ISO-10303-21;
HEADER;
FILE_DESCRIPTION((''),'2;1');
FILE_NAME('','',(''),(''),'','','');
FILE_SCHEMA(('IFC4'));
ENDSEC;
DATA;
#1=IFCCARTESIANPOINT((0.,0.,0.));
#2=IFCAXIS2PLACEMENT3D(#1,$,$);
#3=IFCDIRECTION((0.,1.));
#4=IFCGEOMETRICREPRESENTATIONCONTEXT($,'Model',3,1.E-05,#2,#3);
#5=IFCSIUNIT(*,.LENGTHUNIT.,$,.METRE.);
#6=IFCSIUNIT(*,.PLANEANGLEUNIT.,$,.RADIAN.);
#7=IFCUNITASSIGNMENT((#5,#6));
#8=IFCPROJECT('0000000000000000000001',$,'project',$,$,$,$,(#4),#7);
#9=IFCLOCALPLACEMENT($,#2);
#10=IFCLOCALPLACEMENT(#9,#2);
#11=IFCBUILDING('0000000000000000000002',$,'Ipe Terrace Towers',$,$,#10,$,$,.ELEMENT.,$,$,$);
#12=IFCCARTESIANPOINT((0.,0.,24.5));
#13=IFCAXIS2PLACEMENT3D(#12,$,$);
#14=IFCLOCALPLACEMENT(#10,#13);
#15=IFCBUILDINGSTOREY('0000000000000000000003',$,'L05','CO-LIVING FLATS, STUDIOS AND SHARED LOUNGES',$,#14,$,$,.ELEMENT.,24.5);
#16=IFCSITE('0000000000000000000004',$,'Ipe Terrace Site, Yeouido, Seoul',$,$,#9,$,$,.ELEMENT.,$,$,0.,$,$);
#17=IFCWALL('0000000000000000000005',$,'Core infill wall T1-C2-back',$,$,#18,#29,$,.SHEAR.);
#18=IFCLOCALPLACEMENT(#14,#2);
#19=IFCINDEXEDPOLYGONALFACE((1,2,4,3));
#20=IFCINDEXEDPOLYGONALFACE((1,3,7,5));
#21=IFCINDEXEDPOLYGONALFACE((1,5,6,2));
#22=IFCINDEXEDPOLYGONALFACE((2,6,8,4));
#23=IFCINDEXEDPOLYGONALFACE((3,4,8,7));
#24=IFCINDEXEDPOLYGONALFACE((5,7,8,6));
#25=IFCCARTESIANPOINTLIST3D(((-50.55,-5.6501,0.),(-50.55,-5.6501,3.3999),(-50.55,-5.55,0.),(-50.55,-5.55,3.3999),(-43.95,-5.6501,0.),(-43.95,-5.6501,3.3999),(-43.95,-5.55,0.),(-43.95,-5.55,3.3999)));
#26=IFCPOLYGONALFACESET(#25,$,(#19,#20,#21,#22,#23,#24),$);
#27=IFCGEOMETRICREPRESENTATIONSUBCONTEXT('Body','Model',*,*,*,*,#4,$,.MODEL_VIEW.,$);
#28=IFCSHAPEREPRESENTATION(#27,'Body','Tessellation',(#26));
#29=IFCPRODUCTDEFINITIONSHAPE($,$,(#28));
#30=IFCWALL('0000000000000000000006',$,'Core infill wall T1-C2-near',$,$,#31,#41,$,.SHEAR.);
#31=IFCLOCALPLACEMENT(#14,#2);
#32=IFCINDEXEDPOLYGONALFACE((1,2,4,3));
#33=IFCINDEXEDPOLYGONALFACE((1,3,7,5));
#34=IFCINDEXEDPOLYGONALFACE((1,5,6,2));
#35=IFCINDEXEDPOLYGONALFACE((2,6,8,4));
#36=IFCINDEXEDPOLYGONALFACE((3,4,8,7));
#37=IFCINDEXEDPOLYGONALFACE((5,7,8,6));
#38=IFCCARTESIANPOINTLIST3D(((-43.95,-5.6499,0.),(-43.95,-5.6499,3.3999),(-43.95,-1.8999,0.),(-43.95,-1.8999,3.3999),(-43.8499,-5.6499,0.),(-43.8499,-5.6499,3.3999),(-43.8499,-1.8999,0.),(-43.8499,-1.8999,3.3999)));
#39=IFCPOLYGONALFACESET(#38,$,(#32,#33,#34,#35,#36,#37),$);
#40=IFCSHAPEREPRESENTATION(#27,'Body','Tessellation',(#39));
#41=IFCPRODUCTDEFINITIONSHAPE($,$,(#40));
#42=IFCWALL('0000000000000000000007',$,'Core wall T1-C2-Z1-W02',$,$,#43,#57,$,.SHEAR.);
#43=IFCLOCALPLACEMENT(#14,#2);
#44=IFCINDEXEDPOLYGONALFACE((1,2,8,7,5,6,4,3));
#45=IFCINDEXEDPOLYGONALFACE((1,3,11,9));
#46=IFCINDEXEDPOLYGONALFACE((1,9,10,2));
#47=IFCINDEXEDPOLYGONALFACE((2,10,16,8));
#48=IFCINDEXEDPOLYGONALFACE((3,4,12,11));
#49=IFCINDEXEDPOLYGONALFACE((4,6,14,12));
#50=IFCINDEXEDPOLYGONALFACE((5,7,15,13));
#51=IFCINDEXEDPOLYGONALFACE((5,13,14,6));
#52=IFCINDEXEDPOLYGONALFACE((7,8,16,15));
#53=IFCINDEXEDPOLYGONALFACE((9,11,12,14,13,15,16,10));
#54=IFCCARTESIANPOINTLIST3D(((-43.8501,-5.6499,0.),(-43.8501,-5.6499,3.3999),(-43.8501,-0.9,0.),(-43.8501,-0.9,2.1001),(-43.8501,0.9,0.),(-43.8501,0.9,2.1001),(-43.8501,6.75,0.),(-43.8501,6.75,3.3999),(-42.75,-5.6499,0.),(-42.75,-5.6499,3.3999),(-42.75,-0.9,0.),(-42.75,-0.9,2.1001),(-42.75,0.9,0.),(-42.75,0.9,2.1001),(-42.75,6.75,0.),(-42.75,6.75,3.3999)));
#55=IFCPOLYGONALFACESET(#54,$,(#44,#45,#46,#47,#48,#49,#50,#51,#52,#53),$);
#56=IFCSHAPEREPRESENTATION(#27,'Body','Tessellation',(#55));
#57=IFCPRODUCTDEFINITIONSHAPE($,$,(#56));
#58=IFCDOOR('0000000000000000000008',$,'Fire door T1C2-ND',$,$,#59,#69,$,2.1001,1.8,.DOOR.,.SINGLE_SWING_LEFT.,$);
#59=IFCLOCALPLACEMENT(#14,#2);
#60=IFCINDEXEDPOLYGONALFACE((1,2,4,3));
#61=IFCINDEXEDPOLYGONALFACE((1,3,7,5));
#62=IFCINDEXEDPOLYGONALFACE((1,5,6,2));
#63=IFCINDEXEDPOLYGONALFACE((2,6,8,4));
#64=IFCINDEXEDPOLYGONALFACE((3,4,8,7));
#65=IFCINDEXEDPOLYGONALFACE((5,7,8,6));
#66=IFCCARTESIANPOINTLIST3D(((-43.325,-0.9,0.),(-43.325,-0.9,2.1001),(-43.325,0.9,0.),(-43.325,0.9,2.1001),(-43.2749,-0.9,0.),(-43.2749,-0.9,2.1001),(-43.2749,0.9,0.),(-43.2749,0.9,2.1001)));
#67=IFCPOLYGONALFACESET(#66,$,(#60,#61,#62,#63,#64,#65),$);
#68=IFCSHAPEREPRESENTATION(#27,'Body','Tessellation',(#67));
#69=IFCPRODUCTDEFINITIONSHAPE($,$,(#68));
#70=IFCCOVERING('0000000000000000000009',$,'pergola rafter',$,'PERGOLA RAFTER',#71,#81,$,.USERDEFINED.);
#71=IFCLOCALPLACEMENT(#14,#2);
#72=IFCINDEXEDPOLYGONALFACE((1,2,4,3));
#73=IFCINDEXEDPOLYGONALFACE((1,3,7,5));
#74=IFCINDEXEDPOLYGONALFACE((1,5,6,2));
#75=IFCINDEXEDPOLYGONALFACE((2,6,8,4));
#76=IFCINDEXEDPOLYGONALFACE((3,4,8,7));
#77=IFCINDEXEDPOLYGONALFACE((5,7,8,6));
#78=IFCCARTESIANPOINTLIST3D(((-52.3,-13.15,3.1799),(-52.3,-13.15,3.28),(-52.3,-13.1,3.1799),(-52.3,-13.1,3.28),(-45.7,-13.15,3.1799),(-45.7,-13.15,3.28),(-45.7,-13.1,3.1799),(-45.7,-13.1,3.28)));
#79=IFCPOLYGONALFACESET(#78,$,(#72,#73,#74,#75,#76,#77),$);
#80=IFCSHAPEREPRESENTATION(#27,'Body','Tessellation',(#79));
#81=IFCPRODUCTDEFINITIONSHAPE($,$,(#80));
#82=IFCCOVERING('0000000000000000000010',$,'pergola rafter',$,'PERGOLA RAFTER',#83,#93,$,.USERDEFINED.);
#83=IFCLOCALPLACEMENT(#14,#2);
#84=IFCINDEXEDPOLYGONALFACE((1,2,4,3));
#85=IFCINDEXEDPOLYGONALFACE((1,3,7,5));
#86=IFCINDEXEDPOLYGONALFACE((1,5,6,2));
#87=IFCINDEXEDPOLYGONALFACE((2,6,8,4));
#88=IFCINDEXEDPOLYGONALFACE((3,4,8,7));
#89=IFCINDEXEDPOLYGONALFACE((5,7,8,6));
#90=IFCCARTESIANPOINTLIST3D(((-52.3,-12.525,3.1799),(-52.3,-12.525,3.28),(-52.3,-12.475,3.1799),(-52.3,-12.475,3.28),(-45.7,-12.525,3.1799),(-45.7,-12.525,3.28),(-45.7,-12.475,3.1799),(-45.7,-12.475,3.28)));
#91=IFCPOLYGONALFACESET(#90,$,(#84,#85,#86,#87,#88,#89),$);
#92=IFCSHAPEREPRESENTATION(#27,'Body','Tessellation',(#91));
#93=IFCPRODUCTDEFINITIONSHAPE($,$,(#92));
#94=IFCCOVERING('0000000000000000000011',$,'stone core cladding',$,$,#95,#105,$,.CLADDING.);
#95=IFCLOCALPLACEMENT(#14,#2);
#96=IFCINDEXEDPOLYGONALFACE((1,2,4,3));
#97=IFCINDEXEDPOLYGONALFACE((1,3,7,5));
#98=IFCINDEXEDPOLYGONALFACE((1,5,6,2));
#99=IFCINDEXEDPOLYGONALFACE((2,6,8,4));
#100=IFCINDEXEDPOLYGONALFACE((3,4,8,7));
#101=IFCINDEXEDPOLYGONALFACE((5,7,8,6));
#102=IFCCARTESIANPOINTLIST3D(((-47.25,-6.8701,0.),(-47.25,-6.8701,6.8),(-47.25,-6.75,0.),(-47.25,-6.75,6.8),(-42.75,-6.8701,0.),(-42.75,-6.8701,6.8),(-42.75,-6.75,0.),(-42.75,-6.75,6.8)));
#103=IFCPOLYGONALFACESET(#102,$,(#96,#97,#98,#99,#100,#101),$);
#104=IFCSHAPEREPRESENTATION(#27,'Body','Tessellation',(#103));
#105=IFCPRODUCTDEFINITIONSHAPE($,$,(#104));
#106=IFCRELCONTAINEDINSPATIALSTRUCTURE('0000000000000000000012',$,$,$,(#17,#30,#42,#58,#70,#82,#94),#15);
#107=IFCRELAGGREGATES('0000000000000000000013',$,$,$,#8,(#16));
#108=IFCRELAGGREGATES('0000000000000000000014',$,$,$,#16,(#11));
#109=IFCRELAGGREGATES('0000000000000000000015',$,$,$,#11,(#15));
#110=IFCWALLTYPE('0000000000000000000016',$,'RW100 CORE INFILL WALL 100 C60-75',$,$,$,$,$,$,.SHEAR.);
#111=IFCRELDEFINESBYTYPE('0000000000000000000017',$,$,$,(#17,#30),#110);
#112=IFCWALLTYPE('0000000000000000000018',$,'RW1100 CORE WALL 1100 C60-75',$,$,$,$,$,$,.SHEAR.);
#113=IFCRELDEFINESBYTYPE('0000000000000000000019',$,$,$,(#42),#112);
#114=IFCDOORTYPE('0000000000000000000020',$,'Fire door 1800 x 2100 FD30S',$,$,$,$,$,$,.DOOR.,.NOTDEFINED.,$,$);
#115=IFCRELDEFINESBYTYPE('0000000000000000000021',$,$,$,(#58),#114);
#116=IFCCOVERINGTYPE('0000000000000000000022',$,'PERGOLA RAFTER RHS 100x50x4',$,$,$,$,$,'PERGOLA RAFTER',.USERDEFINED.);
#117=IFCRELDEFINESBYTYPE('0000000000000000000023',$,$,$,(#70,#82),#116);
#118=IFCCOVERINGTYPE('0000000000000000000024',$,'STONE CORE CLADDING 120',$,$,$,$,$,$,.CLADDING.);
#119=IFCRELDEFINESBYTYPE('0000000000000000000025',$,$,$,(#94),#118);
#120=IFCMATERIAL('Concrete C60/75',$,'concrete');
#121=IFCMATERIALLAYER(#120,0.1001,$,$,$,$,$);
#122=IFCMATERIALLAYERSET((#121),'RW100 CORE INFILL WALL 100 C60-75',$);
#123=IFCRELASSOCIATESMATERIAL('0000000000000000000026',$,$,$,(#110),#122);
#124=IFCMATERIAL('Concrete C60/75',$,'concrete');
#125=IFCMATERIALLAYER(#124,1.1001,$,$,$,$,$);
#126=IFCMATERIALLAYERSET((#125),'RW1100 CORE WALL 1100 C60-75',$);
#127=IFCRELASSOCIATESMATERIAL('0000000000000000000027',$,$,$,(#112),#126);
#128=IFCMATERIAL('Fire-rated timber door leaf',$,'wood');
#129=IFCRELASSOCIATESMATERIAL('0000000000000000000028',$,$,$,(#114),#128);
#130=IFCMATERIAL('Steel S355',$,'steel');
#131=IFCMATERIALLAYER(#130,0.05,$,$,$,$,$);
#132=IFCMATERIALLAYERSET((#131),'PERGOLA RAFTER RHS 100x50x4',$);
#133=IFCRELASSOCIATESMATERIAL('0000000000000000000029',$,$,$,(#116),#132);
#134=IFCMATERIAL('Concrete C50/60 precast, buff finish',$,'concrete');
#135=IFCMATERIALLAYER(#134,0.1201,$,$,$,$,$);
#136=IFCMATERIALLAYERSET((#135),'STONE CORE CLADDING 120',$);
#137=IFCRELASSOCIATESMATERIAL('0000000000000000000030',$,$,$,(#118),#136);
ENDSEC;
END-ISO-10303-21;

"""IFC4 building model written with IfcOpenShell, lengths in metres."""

from ifc_helpers import new_model, si_unit, direction, frame, frame_2d, origin, origin_2d, place, context, subcontext, project, spatial, rectangle, extrude, material, layer, layer_set, type_object, element, fill, save


model = new_model("IFC4")

# Units and contexts
model_context = context("Model", 3, precision=1e-05, world=origin(), true_north=direction((0.0, 1.0)))
body_context = subcontext(model_context, "Body", "Model", "MODEL_VIEW")
ifc_project = project(units=[si_unit("LENGTHUNIT", "METRE"), si_unit("PLANEANGLEUNIT", "RADIAN")], contexts=[model_context])

# Site, building, storey
site_placement = place(None, origin())
site = spatial("IfcSite", under=ifc_project, at=site_placement, Name="Ipe Terrace Site, Yeouido, Seoul", CompositionType="ELEMENT", RefElevation=0.0)
building_placement = place(site_placement, origin())
building = spatial("IfcBuilding", under=site, at=building_placement, Name="Ipe Terrace Towers", CompositionType="ELEMENT")
storey_placement = place(building_placement, frame((0.0, 0.0, 24.5)))
storey = spatial("IfcBuildingStorey", under=building, at=storey_placement, Name="L05", Description="CO-LIVING FLATS, STUDIOS AND SHARED LOUNGES", CompositionType="ELEMENT", Elevation=24.5)

# Walls
ifc_material_1 = material(Name="Concrete C60/75", Category="concrete")
ifc_layer_1 = layer(ifc_material_1, 0.1001)
ifc_layer_set_1 = layer_set([ifc_layer_1], Name="RW100 CORE INFILL WALL 100 C60-75")
wall_type_1 = type_object("IfcWallType", Name="RW100 CORE INFILL WALL 100 C60-75", PredefinedType="SHEAR", material=ifc_layer_set_1)
wall_1_placement = place(storey_placement, frame((-43.95, -5.6001, 0.0), z_axis=(0.0, 0.0, 1.0), x_axis=(-1.0, 0.0, 0.0)))
element("IfcWall", 1, at=wall_1_placement, inside=storey, type_object=wall_type_1, Name="Core infill wall T1-C2-back", PredefinedType="SHEAR", context=body_context, shape_type="SweptSolid", body=[
    extrude(rectangle(XDim=6.6001, YDim=0.1001, at=frame_2d((3.3, 0.0))), origin(), (0.0, 0.0, 1.0), 3.3999),
])
wall_2_placement = place(storey_placement, frame((-43.8999, -1.8999, 0.0), z_axis=(0.0, 0.0, 1.0), x_axis=(0.0, -1.0, 0.0)))
element("IfcWall", 2, at=wall_2_placement, inside=storey, type_object=wall_type_1, Name="Core infill wall T1-C2-near", PredefinedType="SHEAR", context=body_context, shape_type="SweptSolid", body=[
    extrude(rectangle(XDim=3.75, YDim=0.1001, at=frame_2d((1.875, 0.0))), origin(), (0.0, 0.0, 1.0), 3.3999),
])

# Wall, opening, door
ifc_material_2 = material(Name="Concrete C60/75", Category="concrete")
ifc_layer_2 = layer(ifc_material_2, 1.1001)
ifc_layer_set_2 = layer_set([ifc_layer_2], Name="RW1100 CORE WALL 1100 C60-75")
wall_type_2 = type_object("IfcWallType", Name="RW1100 CORE WALL 1100 C60-75", PredefinedType="SHEAR", material=ifc_layer_set_2)
wall_3_placement = place(storey_placement, frame((-43.3, -5.6499, 0.0), z_axis=(0.0, 0.0, 1.0), x_axis=(0.0, 1.0, 0.0)))
wall_3 = element("IfcWall", 3, at=wall_3_placement, inside=storey, type_object=wall_type_2, Name="Core wall T1-C2-Z1-W02", PredefinedType="SHEAR", context=body_context, shape_type="SweptSolid", body=[
    extrude(rectangle(XDim=12.3999, YDim=1.1001, at=frame_2d((6.2, 0.0))), origin(), (0.0, 0.0, 1.0), 3.3999),
])
opening_1_placement = place(wall_3_placement, frame((4.75, 0.0, 0.0)))
opening_1 = element("IfcOpeningElement", 4, at=opening_1_placement, cuts=wall_3, PredefinedType="OPENING", context=body_context, shape_type="SweptSolid", body=[
    extrude(rectangle(XDim=1.8, YDim=2.1001, at=frame_2d((0.8999, 1.05))), frame((0.0, 0.5601, 0.0), z_axis=(0.0, -1.0, 0.0), x_axis=(1.0, 0.0, 0.0)), (0.0, 0.0, 1.0), 1.1201),
])
ifc_material_3 = material(Name="Fire-rated timber door leaf", Category="wood")
door_type_1 = type_object("IfcDoorType", Name="Fire door 1800 x 2100 FD30S", OperationType="NOTDEFINED", PredefinedType="DOOR", material=ifc_material_3)
door_1_placement = place(opening_1_placement, origin())
door_1 = element("IfcDoor", 5, at=door_1_placement, inside=storey, type_object=door_type_1, Name="Fire door T1C2-ND", OperationType="SINGLE_SWING_LEFT", OverallHeight=2.1001, OverallWidth=1.8, PredefinedType="DOOR", context=body_context, shape_type="SweptSolid", body=[
    extrude(rectangle(XDim=1.8, YDim=2.1001, at=frame_2d((0.8999, 1.05))), frame((0.0, 0.0249, 0.0), z_axis=(0.0, -1.0, 0.0), x_axis=(1.0, 0.0, 0.0)), (0.0, 0.0, 1.0), 0.05),
])
fill(opening_1, door_1)

# Coverings
ifc_material_4 = material(Name="Steel S355", Category="steel")
ifc_layer_3 = layer(ifc_material_4, 0.05)
ifc_layer_set_3 = layer_set([ifc_layer_3], Name="PERGOLA RAFTER RHS 100x50x4")
covering_type_1 = type_object("IfcCoveringType", Name="PERGOLA RAFTER RHS 100x50x4", ElementType="PERGOLA RAFTER", PredefinedType="USERDEFINED", material=ifc_layer_set_3)
for number, where, z_axis, x_axis, name in (
    (6, (-49.0, -13.125, 3.1799), (0.0, 0.0, 1.0), (1.0, 0.0, 0.0), "pergola rafter"),
    (7, (-49.0, -12.5, 3.1799), (0.0, 0.0, 1.0), (1.0, 0.0, 0.0), "pergola rafter"),
):
    element("IfcCovering", number, at=place(storey_placement, frame(where, z_axis=z_axis, x_axis=x_axis)), inside=storey, type_object=covering_type_1, Name=name, ObjectType="PERGOLA RAFTER", PredefinedType="USERDEFINED", context=body_context, shape_type="SweptSolid", body=[
        extrude(rectangle(XDim=6.6001, YDim=0.05, at=origin_2d()), origin(), (0.0, 0.0, 1.0), 0.1001),
    ])
ifc_material_5 = material(Name="Concrete C50/60 precast, buff finish", Category="concrete")
ifc_layer_4 = layer(ifc_material_5, 0.1201)
ifc_layer_set_4 = layer_set([ifc_layer_4], Name="STONE CORE CLADDING 120")
covering_type_2 = type_object("IfcCoveringType", Name="STONE CORE CLADDING 120", PredefinedType="CLADDING", material=ifc_layer_set_4)
covering_placement = place(storey_placement, frame((-45.0, -6.8101, 0.0), z_axis=(0.0, 0.0, 1.0), x_axis=(1.0, 0.0, 0.0)))
element("IfcCovering", 8, at=covering_placement, inside=storey, type_object=covering_type_2, Name="stone core cladding", PredefinedType="CLADDING", context=body_context, shape_type="SweptSolid", body=[
    extrude(rectangle(XDim=4.5, YDim=0.1201, at=origin_2d()), origin(), (0.0, 0.0, 1.0), 6.8),
])

save(model, "model.ifc")
